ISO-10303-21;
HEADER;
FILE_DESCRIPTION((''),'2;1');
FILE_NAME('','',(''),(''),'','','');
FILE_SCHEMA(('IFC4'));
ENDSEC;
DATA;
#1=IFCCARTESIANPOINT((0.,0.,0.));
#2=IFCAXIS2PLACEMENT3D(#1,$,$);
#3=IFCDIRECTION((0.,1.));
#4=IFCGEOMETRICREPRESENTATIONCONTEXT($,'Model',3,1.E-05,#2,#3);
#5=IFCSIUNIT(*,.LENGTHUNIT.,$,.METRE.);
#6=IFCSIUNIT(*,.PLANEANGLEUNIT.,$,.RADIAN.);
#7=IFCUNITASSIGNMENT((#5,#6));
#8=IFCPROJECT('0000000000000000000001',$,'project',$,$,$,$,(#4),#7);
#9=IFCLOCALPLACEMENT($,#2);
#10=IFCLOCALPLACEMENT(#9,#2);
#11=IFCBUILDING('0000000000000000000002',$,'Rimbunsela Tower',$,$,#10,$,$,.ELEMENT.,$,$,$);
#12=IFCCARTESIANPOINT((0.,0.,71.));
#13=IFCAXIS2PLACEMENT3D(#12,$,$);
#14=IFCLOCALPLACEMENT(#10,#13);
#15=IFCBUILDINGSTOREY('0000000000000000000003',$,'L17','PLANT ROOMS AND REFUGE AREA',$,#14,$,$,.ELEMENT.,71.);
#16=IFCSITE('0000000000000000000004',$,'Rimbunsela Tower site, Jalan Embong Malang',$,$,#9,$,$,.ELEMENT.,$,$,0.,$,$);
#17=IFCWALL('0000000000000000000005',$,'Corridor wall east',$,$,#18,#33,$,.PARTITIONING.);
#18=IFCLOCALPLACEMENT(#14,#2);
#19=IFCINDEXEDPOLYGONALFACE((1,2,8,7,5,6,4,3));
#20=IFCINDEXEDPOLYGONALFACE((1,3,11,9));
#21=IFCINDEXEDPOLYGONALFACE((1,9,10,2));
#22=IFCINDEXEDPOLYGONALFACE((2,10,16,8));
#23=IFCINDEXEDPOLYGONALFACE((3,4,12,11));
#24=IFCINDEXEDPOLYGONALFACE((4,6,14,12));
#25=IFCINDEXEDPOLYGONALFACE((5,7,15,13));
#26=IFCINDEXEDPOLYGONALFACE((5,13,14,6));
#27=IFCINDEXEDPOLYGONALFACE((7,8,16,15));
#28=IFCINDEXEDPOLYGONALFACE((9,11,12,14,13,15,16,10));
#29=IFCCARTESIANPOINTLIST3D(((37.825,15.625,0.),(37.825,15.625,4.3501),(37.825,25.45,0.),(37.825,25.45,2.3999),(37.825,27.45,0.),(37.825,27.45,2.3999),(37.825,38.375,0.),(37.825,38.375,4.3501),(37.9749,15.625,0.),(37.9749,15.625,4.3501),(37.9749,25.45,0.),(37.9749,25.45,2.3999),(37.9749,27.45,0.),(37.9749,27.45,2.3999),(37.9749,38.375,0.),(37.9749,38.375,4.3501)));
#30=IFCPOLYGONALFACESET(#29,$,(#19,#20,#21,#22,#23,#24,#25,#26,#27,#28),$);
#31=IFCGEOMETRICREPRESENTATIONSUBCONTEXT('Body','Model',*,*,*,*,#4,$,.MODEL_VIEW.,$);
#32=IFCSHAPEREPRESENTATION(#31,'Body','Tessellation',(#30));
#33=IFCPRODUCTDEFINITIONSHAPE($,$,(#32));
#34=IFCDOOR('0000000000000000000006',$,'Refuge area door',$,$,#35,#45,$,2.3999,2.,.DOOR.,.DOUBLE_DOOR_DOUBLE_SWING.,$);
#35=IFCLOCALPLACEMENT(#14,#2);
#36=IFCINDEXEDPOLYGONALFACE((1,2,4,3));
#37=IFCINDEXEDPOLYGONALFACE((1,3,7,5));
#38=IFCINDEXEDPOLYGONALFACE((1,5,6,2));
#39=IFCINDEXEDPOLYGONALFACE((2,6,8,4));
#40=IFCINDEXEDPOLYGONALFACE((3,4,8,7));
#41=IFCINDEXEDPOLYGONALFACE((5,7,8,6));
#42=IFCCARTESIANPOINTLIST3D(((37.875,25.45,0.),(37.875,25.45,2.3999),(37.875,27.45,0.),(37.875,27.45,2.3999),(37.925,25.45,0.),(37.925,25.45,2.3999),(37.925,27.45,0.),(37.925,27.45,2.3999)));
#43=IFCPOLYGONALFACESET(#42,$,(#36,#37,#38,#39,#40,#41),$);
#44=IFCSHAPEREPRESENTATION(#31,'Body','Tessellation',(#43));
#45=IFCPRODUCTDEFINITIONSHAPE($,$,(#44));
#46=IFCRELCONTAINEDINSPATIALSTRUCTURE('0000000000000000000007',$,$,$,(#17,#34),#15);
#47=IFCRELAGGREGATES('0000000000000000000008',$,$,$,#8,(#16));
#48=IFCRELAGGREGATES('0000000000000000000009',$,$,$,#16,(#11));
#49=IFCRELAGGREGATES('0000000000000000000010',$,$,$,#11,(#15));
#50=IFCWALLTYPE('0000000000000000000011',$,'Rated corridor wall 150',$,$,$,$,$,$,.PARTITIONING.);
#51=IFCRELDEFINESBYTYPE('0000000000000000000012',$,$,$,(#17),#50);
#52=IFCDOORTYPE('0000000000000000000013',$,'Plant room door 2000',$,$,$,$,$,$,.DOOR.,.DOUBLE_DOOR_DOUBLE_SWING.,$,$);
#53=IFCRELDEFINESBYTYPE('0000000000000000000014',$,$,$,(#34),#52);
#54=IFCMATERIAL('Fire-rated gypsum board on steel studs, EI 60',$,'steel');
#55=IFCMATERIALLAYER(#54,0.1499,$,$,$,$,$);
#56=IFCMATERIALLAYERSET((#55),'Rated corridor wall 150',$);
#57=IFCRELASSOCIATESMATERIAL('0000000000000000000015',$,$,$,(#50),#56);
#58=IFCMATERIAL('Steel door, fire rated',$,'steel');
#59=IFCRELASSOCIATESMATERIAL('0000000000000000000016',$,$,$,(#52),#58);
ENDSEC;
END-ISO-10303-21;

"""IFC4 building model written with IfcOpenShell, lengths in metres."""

from ifc_helpers import new_model, si_unit, direction, frame, frame_2d, origin, place, context, subcontext, project, spatial, rectangle, extrude, material, layer, layer_set, type_object, element, fill, save


model = new_model("IFC4")

# Units and contexts
model_context = context("Model", 3, precision=1e-05, world=origin(), true_north=direction((0.0, 1.0)))
body_context = subcontext(model_context, "Body", "Model", "MODEL_VIEW")
ifc_project = project(units=[si_unit("LENGTHUNIT", "METRE"), si_unit("PLANEANGLEUNIT", "RADIAN")], contexts=[model_context])

# Site, building, storey
site_placement = place(None, origin())
site = spatial("IfcSite", under=ifc_project, at=site_placement, Name="Rimbunsela Tower site, Jalan Embong Malang", CompositionType="ELEMENT", RefElevation=0.0)
building_placement = place(site_placement, origin())
building = spatial("IfcBuilding", under=site, at=building_placement, Name="Rimbunsela Tower", CompositionType="ELEMENT")
storey_placement = place(building_placement, frame((0.0, 0.0, 71.0)))
storey = spatial("IfcBuildingStorey", under=building, at=storey_placement, Name="L17", Description="PLANT ROOMS AND REFUGE AREA", CompositionType="ELEMENT", Elevation=71.0)

# Wall, opening, door
ifc_material_1 = material(Name="Fire-rated gypsum board on steel studs, EI 60", Category="steel")
ifc_layer_1 = layer(ifc_material_1, 0.1499)
ifc_layer_set_1 = layer_set([ifc_layer_1], Name="Rated corridor wall 150")
wall_type_1 = type_object("IfcWallType", Name="Rated corridor wall 150", PredefinedType="PARTITIONING", material=ifc_layer_set_1)
wall_1_placement = place(storey_placement, frame((37.8999, 15.625, 0.0), z_axis=(0.0, 0.0, 1.0), x_axis=(0.0, 1.0, 0.0)))
wall_1 = element("IfcWall", 1, at=wall_1_placement, inside=storey, type_object=wall_type_1, Name="Corridor wall east", PredefinedType="PARTITIONING", context=body_context, shape_type="SweptSolid", body=[
    extrude(rectangle(XDim=22.75, YDim=0.1499, at=frame_2d((11.375, 0.0))), origin(), (0.0, 0.0, 1.0), 4.3501),
])
opening_1_placement = place(wall_1_placement, frame((9.825, 0.0, 0.0)))
opening_1 = element("IfcOpeningElement", 2, at=opening_1_placement, cuts=wall_1, PredefinedType="OPENING", context=body_context, shape_type="SweptSolid", body=[
    extrude(rectangle(XDim=2.0, YDim=2.3999, at=frame_2d((1.0, 1.2))), frame((0.0, 0.085, 0.0), z_axis=(0.0, -1.0, 0.0), x_axis=(1.0, 0.0, 0.0)), (0.0, 0.0, 1.0), 0.1699),
])
ifc_material_2 = material(Name="Steel door, fire rated", Category="steel")
door_type_1 = type_object("IfcDoorType", Name="Plant room door 2000", OperationType="DOUBLE_DOOR_DOUBLE_SWING", PredefinedType="DOOR", material=ifc_material_2)
door_1_placement = place(opening_1_placement, origin())
door_1 = element("IfcDoor", 3, at=door_1_placement, inside=storey, type_object=door_type_1, Name="Refuge area door", OperationType="DOUBLE_DOOR_DOUBLE_SWING", OverallHeight=2.3999, OverallWidth=2.0, PredefinedType="DOOR", context=body_context, shape_type="SweptSolid", body=[
    extrude(rectangle(XDim=2.0, YDim=2.3999, at=frame_2d((1.0, 1.2))), frame((0.0, 0.0249, 0.0), z_axis=(0.0, -1.0, 0.0), x_axis=(1.0, 0.0, 0.0)), (0.0, 0.0, 1.0), 0.05),
])
fill(opening_1, door_1)

save(model, "model.ifc")
